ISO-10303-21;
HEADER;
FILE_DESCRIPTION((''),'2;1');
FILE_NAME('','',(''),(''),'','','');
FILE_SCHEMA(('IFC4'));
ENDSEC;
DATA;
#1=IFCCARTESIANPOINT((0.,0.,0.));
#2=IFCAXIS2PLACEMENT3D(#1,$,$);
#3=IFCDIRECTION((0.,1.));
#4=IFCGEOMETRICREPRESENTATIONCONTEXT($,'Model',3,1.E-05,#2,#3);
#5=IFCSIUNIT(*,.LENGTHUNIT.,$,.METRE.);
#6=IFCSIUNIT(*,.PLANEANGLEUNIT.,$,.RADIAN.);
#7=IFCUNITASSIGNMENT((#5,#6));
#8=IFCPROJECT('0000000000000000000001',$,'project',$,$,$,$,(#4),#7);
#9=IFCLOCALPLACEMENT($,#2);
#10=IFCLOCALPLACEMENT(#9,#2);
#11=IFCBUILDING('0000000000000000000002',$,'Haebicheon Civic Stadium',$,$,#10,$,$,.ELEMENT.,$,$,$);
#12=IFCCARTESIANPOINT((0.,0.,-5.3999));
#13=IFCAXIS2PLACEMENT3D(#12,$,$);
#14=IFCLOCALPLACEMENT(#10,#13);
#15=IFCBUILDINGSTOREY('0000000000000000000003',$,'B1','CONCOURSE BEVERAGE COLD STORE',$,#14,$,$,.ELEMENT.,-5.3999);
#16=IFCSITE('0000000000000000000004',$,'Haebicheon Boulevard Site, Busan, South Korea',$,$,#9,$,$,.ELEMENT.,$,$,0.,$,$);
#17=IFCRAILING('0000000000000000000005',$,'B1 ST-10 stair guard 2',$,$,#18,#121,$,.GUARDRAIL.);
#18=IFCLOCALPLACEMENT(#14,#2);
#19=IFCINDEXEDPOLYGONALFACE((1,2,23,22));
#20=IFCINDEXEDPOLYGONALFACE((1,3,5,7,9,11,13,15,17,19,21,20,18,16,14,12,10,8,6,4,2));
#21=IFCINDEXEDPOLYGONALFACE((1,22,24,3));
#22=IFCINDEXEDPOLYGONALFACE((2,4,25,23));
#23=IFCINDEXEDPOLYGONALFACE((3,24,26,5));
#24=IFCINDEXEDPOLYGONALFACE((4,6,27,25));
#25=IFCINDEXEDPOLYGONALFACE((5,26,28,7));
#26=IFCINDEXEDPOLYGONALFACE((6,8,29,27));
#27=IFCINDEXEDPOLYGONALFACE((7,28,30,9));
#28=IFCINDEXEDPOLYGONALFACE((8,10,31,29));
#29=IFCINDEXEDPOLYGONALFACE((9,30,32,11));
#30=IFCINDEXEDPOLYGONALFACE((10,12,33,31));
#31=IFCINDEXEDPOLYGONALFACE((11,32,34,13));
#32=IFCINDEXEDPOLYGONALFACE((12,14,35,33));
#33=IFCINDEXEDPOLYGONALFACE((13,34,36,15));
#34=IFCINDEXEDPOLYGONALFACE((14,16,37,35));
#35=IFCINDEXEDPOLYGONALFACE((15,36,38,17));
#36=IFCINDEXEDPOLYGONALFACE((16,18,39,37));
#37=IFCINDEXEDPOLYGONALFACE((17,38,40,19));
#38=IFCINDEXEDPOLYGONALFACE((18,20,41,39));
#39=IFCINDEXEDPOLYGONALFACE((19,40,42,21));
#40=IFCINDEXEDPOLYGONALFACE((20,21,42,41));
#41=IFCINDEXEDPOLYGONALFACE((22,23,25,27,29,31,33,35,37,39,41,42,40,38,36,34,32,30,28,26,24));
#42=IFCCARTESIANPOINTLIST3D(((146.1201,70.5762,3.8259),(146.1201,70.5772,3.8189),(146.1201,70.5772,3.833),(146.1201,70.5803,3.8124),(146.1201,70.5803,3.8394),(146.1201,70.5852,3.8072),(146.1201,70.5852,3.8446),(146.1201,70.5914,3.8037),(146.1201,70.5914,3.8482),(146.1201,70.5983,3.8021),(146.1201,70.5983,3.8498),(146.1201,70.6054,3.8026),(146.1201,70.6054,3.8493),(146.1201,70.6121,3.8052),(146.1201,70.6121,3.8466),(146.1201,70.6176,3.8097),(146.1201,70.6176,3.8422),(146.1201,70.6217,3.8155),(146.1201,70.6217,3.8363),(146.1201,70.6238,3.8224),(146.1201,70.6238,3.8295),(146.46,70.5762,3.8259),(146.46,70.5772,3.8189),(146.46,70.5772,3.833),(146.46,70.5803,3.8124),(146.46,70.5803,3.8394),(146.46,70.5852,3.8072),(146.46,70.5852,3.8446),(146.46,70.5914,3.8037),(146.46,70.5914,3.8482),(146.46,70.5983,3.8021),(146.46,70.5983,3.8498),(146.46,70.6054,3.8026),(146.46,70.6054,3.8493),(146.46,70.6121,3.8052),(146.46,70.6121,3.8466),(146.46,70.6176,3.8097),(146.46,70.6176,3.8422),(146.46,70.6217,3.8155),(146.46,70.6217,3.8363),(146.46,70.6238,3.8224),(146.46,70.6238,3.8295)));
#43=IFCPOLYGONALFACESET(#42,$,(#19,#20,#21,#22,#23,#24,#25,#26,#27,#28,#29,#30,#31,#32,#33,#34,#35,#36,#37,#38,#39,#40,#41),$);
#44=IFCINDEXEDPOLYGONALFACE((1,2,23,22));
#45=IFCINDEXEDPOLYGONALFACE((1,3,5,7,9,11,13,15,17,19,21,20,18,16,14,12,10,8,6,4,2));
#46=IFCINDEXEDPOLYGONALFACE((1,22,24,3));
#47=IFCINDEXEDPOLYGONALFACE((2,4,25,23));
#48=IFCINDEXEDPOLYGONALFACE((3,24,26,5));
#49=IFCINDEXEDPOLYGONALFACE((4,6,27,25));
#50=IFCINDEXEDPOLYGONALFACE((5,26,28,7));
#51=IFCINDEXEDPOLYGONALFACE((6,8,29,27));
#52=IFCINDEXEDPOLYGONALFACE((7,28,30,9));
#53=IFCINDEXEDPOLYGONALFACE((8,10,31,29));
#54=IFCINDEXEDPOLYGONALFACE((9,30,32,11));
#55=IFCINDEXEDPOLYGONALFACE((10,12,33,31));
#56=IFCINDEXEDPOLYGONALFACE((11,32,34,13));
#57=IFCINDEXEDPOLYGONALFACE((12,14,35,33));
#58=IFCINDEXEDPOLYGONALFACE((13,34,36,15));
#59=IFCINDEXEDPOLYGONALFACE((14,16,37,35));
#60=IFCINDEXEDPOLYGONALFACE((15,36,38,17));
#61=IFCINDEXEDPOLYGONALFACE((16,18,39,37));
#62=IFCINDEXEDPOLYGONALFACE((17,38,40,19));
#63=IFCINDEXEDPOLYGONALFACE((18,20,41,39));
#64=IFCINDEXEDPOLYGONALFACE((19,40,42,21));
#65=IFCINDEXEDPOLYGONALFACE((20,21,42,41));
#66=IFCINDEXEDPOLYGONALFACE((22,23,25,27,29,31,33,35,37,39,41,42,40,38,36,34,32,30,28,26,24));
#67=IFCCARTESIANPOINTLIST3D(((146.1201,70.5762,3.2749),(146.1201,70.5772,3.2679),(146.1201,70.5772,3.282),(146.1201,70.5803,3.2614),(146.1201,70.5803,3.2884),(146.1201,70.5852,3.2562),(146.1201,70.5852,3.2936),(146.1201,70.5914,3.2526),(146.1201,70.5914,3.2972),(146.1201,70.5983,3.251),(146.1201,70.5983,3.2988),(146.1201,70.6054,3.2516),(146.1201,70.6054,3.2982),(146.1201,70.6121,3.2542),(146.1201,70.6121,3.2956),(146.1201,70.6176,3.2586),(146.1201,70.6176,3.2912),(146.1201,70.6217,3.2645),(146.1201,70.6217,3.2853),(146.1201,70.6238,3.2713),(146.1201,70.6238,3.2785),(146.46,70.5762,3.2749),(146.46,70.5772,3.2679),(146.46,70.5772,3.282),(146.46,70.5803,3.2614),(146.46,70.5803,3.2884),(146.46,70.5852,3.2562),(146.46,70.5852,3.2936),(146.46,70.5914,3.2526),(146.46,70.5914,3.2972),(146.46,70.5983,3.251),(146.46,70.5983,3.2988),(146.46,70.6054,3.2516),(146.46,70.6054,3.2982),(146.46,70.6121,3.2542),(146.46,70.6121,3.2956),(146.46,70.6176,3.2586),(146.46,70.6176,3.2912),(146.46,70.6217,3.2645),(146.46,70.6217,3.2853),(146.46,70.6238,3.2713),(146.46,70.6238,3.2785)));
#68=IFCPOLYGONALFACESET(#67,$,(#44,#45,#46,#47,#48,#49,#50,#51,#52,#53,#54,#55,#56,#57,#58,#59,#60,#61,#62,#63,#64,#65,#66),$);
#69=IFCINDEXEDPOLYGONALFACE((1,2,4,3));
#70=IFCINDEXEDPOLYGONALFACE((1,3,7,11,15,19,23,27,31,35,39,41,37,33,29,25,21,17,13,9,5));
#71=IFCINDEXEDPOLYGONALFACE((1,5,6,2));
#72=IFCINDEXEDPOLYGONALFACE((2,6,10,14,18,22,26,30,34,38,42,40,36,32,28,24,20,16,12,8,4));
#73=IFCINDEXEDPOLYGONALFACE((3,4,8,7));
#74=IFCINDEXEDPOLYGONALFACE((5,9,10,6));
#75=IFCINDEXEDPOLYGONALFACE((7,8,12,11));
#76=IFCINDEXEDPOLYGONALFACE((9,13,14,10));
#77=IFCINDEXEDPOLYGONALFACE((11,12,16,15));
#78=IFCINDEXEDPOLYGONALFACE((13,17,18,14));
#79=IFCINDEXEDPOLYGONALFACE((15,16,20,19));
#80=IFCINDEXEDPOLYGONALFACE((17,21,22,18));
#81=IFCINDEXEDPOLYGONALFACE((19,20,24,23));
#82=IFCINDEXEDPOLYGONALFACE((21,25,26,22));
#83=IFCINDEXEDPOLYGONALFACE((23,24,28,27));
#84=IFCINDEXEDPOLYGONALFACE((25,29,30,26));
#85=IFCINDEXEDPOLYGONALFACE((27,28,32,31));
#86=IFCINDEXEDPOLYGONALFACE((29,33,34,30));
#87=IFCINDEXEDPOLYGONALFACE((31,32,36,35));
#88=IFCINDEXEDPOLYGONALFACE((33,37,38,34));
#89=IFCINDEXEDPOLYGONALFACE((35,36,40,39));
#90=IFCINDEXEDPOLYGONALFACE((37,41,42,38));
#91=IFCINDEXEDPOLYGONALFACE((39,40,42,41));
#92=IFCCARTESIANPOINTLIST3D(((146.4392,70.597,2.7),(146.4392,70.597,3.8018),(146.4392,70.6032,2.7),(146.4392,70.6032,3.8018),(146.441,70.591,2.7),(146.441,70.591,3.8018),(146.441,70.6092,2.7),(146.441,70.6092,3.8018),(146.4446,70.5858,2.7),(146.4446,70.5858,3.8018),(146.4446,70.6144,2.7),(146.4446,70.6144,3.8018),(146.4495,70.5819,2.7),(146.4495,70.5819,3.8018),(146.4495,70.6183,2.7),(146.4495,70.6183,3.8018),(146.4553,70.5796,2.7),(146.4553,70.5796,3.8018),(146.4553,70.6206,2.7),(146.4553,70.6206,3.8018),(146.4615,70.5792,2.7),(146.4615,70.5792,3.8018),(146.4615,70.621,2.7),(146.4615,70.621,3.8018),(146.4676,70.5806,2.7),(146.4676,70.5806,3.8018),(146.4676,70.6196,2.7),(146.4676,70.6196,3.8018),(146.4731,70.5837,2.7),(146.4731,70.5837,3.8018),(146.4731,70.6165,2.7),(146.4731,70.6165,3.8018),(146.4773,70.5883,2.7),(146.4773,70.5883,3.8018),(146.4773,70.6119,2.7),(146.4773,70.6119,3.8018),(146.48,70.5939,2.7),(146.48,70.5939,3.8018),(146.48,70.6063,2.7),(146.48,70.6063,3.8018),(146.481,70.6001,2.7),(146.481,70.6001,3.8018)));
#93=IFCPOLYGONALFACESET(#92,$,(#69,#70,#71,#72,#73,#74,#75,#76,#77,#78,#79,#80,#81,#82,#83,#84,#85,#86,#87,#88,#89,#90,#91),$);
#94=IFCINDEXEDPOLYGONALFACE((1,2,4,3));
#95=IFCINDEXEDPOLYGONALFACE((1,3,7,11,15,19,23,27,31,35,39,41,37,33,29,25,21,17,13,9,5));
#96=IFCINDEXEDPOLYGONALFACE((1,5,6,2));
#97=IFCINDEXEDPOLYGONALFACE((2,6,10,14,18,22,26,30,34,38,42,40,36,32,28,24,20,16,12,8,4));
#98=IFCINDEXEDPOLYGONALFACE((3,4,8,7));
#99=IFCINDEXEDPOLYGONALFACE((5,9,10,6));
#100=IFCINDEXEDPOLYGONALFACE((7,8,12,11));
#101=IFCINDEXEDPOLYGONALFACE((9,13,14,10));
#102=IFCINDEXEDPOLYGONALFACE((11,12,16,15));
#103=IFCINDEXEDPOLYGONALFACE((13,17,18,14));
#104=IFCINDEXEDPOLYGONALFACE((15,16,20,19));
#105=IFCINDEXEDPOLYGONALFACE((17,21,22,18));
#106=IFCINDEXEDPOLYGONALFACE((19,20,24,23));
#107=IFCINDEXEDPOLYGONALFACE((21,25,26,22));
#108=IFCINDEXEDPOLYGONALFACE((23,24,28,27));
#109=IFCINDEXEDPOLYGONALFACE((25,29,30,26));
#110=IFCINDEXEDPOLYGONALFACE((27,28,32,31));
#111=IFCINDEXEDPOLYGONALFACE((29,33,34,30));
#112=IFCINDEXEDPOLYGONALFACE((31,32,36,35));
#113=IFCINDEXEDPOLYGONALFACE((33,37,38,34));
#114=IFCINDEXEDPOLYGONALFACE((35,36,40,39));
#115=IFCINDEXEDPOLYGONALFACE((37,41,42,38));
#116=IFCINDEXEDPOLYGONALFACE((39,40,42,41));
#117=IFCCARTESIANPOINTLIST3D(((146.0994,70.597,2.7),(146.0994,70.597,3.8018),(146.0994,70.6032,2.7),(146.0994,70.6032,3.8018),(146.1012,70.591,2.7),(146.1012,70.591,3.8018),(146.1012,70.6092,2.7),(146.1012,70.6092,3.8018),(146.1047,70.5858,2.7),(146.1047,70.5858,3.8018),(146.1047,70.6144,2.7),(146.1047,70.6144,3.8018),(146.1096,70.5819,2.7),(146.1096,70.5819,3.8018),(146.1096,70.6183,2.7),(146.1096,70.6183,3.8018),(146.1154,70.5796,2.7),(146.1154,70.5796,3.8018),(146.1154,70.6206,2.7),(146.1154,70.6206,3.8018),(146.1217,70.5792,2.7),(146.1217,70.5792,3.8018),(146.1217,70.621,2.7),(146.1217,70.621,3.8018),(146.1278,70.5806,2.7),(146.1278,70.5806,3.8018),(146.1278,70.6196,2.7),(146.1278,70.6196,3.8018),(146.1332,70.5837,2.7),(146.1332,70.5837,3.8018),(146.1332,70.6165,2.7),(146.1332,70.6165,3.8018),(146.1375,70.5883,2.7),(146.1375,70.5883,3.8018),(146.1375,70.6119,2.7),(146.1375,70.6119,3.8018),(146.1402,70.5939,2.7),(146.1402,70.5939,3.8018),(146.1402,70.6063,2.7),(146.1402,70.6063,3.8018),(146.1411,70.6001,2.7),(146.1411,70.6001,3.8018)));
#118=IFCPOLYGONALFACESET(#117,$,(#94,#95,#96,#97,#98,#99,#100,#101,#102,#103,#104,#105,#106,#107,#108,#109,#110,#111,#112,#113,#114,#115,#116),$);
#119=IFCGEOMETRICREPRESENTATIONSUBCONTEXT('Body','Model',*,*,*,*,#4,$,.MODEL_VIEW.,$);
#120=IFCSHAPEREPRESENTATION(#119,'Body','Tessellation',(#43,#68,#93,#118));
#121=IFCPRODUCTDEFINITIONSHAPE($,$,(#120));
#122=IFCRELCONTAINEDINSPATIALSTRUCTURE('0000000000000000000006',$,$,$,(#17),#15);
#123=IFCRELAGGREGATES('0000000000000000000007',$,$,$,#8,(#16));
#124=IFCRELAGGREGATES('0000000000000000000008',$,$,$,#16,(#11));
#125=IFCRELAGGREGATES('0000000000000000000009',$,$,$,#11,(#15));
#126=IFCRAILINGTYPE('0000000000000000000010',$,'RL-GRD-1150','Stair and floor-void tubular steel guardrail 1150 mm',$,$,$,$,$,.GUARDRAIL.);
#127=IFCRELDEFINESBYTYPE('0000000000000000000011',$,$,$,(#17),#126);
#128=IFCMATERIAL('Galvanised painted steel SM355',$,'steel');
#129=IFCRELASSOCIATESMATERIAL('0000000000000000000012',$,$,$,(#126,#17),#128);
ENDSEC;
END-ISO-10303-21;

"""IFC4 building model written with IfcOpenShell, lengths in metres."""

from ifc_helpers import new_model, si_unit, direction, frame, origin, origin_2d, place, context, subcontext, project, spatial, circle, extrude, material, type_object, element, save


model = new_model("IFC4")

# Units and contexts
model_context = context("Model", 3, precision=1e-05, world=origin(), true_north=direction((0.0, 1.0)))
body_context = subcontext(model_context, "Body", "Model", "MODEL_VIEW")
ifc_project = project(units=[si_unit("LENGTHUNIT", "METRE"), si_unit("PLANEANGLEUNIT", "RADIAN")], contexts=[model_context])

# Site, building, storey
site_placement = place(None, origin())
site = spatial("IfcSite", under=ifc_project, at=site_placement, Name="Haebicheon Boulevard Site, Busan, South Korea", CompositionType="ELEMENT", RefElevation=0.0)
building_placement = place(site_placement, origin())
building = spatial("IfcBuilding", under=site, at=building_placement, Name="Haebicheon Civic Stadium", CompositionType="ELEMENT")
storey_placement = place(building_placement, frame((0.0, 0.0, -5.3999)))
storey = spatial("IfcBuildingStorey", under=building, at=storey_placement, Name="B1", Description="CONCOURSE BEVERAGE COLD STORE", CompositionType="ELEMENT", Elevation=-5.3999)

# Railing
ifc_material_1 = material(Name="Galvanised painted steel SM355", Category="steel")
railing_type_1 = type_object("IfcRailingType", Name="RL-GRD-1150", Description="Stair and floor-void tubular steel guardrail 1150 mm", PredefinedType="GUARDRAIL", material=ifc_material_1)
railing_1_placement = place(storey_placement, frame((146.46, 70.6001, 2.7)))
element("IfcRailing", 1, at=railing_1_placement, inside=storey, type_object=railing_type_1, material=ifc_material_1, Name="B1 ST-10 stair guard 2", PredefinedType="GUARDRAIL", context=body_context, shape_type="SweptSolid", body=[
    extrude(circle(Radius=0.0239, at=origin_2d()), frame((0.0, 0.0, 1.126), z_axis=(-1.0, 0.0, 0.0), x_axis=(0.0, -1.0, 0.0)), (0.0, 0.0, 1.0), 0.3398),
    extrude(circle(Radius=0.0239, at=origin_2d()), frame((0.0, 0.0, 0.575), z_axis=(-1.0, 0.0, 0.0), x_axis=(0.0, -1.0, 0.0)), (0.0, 0.0, 1.0), 0.3398),
    extrude(circle(Radius=0.021, at=origin_2d()), origin(), (0.0, 0.0, 1.0), 1.1018),
    extrude(circle(Radius=0.021, at=origin_2d()), frame((-0.3398, 0.0, 0.0)), (0.0, 0.0, 1.0), 1.1018),
])

save(model, "model.ifc")
